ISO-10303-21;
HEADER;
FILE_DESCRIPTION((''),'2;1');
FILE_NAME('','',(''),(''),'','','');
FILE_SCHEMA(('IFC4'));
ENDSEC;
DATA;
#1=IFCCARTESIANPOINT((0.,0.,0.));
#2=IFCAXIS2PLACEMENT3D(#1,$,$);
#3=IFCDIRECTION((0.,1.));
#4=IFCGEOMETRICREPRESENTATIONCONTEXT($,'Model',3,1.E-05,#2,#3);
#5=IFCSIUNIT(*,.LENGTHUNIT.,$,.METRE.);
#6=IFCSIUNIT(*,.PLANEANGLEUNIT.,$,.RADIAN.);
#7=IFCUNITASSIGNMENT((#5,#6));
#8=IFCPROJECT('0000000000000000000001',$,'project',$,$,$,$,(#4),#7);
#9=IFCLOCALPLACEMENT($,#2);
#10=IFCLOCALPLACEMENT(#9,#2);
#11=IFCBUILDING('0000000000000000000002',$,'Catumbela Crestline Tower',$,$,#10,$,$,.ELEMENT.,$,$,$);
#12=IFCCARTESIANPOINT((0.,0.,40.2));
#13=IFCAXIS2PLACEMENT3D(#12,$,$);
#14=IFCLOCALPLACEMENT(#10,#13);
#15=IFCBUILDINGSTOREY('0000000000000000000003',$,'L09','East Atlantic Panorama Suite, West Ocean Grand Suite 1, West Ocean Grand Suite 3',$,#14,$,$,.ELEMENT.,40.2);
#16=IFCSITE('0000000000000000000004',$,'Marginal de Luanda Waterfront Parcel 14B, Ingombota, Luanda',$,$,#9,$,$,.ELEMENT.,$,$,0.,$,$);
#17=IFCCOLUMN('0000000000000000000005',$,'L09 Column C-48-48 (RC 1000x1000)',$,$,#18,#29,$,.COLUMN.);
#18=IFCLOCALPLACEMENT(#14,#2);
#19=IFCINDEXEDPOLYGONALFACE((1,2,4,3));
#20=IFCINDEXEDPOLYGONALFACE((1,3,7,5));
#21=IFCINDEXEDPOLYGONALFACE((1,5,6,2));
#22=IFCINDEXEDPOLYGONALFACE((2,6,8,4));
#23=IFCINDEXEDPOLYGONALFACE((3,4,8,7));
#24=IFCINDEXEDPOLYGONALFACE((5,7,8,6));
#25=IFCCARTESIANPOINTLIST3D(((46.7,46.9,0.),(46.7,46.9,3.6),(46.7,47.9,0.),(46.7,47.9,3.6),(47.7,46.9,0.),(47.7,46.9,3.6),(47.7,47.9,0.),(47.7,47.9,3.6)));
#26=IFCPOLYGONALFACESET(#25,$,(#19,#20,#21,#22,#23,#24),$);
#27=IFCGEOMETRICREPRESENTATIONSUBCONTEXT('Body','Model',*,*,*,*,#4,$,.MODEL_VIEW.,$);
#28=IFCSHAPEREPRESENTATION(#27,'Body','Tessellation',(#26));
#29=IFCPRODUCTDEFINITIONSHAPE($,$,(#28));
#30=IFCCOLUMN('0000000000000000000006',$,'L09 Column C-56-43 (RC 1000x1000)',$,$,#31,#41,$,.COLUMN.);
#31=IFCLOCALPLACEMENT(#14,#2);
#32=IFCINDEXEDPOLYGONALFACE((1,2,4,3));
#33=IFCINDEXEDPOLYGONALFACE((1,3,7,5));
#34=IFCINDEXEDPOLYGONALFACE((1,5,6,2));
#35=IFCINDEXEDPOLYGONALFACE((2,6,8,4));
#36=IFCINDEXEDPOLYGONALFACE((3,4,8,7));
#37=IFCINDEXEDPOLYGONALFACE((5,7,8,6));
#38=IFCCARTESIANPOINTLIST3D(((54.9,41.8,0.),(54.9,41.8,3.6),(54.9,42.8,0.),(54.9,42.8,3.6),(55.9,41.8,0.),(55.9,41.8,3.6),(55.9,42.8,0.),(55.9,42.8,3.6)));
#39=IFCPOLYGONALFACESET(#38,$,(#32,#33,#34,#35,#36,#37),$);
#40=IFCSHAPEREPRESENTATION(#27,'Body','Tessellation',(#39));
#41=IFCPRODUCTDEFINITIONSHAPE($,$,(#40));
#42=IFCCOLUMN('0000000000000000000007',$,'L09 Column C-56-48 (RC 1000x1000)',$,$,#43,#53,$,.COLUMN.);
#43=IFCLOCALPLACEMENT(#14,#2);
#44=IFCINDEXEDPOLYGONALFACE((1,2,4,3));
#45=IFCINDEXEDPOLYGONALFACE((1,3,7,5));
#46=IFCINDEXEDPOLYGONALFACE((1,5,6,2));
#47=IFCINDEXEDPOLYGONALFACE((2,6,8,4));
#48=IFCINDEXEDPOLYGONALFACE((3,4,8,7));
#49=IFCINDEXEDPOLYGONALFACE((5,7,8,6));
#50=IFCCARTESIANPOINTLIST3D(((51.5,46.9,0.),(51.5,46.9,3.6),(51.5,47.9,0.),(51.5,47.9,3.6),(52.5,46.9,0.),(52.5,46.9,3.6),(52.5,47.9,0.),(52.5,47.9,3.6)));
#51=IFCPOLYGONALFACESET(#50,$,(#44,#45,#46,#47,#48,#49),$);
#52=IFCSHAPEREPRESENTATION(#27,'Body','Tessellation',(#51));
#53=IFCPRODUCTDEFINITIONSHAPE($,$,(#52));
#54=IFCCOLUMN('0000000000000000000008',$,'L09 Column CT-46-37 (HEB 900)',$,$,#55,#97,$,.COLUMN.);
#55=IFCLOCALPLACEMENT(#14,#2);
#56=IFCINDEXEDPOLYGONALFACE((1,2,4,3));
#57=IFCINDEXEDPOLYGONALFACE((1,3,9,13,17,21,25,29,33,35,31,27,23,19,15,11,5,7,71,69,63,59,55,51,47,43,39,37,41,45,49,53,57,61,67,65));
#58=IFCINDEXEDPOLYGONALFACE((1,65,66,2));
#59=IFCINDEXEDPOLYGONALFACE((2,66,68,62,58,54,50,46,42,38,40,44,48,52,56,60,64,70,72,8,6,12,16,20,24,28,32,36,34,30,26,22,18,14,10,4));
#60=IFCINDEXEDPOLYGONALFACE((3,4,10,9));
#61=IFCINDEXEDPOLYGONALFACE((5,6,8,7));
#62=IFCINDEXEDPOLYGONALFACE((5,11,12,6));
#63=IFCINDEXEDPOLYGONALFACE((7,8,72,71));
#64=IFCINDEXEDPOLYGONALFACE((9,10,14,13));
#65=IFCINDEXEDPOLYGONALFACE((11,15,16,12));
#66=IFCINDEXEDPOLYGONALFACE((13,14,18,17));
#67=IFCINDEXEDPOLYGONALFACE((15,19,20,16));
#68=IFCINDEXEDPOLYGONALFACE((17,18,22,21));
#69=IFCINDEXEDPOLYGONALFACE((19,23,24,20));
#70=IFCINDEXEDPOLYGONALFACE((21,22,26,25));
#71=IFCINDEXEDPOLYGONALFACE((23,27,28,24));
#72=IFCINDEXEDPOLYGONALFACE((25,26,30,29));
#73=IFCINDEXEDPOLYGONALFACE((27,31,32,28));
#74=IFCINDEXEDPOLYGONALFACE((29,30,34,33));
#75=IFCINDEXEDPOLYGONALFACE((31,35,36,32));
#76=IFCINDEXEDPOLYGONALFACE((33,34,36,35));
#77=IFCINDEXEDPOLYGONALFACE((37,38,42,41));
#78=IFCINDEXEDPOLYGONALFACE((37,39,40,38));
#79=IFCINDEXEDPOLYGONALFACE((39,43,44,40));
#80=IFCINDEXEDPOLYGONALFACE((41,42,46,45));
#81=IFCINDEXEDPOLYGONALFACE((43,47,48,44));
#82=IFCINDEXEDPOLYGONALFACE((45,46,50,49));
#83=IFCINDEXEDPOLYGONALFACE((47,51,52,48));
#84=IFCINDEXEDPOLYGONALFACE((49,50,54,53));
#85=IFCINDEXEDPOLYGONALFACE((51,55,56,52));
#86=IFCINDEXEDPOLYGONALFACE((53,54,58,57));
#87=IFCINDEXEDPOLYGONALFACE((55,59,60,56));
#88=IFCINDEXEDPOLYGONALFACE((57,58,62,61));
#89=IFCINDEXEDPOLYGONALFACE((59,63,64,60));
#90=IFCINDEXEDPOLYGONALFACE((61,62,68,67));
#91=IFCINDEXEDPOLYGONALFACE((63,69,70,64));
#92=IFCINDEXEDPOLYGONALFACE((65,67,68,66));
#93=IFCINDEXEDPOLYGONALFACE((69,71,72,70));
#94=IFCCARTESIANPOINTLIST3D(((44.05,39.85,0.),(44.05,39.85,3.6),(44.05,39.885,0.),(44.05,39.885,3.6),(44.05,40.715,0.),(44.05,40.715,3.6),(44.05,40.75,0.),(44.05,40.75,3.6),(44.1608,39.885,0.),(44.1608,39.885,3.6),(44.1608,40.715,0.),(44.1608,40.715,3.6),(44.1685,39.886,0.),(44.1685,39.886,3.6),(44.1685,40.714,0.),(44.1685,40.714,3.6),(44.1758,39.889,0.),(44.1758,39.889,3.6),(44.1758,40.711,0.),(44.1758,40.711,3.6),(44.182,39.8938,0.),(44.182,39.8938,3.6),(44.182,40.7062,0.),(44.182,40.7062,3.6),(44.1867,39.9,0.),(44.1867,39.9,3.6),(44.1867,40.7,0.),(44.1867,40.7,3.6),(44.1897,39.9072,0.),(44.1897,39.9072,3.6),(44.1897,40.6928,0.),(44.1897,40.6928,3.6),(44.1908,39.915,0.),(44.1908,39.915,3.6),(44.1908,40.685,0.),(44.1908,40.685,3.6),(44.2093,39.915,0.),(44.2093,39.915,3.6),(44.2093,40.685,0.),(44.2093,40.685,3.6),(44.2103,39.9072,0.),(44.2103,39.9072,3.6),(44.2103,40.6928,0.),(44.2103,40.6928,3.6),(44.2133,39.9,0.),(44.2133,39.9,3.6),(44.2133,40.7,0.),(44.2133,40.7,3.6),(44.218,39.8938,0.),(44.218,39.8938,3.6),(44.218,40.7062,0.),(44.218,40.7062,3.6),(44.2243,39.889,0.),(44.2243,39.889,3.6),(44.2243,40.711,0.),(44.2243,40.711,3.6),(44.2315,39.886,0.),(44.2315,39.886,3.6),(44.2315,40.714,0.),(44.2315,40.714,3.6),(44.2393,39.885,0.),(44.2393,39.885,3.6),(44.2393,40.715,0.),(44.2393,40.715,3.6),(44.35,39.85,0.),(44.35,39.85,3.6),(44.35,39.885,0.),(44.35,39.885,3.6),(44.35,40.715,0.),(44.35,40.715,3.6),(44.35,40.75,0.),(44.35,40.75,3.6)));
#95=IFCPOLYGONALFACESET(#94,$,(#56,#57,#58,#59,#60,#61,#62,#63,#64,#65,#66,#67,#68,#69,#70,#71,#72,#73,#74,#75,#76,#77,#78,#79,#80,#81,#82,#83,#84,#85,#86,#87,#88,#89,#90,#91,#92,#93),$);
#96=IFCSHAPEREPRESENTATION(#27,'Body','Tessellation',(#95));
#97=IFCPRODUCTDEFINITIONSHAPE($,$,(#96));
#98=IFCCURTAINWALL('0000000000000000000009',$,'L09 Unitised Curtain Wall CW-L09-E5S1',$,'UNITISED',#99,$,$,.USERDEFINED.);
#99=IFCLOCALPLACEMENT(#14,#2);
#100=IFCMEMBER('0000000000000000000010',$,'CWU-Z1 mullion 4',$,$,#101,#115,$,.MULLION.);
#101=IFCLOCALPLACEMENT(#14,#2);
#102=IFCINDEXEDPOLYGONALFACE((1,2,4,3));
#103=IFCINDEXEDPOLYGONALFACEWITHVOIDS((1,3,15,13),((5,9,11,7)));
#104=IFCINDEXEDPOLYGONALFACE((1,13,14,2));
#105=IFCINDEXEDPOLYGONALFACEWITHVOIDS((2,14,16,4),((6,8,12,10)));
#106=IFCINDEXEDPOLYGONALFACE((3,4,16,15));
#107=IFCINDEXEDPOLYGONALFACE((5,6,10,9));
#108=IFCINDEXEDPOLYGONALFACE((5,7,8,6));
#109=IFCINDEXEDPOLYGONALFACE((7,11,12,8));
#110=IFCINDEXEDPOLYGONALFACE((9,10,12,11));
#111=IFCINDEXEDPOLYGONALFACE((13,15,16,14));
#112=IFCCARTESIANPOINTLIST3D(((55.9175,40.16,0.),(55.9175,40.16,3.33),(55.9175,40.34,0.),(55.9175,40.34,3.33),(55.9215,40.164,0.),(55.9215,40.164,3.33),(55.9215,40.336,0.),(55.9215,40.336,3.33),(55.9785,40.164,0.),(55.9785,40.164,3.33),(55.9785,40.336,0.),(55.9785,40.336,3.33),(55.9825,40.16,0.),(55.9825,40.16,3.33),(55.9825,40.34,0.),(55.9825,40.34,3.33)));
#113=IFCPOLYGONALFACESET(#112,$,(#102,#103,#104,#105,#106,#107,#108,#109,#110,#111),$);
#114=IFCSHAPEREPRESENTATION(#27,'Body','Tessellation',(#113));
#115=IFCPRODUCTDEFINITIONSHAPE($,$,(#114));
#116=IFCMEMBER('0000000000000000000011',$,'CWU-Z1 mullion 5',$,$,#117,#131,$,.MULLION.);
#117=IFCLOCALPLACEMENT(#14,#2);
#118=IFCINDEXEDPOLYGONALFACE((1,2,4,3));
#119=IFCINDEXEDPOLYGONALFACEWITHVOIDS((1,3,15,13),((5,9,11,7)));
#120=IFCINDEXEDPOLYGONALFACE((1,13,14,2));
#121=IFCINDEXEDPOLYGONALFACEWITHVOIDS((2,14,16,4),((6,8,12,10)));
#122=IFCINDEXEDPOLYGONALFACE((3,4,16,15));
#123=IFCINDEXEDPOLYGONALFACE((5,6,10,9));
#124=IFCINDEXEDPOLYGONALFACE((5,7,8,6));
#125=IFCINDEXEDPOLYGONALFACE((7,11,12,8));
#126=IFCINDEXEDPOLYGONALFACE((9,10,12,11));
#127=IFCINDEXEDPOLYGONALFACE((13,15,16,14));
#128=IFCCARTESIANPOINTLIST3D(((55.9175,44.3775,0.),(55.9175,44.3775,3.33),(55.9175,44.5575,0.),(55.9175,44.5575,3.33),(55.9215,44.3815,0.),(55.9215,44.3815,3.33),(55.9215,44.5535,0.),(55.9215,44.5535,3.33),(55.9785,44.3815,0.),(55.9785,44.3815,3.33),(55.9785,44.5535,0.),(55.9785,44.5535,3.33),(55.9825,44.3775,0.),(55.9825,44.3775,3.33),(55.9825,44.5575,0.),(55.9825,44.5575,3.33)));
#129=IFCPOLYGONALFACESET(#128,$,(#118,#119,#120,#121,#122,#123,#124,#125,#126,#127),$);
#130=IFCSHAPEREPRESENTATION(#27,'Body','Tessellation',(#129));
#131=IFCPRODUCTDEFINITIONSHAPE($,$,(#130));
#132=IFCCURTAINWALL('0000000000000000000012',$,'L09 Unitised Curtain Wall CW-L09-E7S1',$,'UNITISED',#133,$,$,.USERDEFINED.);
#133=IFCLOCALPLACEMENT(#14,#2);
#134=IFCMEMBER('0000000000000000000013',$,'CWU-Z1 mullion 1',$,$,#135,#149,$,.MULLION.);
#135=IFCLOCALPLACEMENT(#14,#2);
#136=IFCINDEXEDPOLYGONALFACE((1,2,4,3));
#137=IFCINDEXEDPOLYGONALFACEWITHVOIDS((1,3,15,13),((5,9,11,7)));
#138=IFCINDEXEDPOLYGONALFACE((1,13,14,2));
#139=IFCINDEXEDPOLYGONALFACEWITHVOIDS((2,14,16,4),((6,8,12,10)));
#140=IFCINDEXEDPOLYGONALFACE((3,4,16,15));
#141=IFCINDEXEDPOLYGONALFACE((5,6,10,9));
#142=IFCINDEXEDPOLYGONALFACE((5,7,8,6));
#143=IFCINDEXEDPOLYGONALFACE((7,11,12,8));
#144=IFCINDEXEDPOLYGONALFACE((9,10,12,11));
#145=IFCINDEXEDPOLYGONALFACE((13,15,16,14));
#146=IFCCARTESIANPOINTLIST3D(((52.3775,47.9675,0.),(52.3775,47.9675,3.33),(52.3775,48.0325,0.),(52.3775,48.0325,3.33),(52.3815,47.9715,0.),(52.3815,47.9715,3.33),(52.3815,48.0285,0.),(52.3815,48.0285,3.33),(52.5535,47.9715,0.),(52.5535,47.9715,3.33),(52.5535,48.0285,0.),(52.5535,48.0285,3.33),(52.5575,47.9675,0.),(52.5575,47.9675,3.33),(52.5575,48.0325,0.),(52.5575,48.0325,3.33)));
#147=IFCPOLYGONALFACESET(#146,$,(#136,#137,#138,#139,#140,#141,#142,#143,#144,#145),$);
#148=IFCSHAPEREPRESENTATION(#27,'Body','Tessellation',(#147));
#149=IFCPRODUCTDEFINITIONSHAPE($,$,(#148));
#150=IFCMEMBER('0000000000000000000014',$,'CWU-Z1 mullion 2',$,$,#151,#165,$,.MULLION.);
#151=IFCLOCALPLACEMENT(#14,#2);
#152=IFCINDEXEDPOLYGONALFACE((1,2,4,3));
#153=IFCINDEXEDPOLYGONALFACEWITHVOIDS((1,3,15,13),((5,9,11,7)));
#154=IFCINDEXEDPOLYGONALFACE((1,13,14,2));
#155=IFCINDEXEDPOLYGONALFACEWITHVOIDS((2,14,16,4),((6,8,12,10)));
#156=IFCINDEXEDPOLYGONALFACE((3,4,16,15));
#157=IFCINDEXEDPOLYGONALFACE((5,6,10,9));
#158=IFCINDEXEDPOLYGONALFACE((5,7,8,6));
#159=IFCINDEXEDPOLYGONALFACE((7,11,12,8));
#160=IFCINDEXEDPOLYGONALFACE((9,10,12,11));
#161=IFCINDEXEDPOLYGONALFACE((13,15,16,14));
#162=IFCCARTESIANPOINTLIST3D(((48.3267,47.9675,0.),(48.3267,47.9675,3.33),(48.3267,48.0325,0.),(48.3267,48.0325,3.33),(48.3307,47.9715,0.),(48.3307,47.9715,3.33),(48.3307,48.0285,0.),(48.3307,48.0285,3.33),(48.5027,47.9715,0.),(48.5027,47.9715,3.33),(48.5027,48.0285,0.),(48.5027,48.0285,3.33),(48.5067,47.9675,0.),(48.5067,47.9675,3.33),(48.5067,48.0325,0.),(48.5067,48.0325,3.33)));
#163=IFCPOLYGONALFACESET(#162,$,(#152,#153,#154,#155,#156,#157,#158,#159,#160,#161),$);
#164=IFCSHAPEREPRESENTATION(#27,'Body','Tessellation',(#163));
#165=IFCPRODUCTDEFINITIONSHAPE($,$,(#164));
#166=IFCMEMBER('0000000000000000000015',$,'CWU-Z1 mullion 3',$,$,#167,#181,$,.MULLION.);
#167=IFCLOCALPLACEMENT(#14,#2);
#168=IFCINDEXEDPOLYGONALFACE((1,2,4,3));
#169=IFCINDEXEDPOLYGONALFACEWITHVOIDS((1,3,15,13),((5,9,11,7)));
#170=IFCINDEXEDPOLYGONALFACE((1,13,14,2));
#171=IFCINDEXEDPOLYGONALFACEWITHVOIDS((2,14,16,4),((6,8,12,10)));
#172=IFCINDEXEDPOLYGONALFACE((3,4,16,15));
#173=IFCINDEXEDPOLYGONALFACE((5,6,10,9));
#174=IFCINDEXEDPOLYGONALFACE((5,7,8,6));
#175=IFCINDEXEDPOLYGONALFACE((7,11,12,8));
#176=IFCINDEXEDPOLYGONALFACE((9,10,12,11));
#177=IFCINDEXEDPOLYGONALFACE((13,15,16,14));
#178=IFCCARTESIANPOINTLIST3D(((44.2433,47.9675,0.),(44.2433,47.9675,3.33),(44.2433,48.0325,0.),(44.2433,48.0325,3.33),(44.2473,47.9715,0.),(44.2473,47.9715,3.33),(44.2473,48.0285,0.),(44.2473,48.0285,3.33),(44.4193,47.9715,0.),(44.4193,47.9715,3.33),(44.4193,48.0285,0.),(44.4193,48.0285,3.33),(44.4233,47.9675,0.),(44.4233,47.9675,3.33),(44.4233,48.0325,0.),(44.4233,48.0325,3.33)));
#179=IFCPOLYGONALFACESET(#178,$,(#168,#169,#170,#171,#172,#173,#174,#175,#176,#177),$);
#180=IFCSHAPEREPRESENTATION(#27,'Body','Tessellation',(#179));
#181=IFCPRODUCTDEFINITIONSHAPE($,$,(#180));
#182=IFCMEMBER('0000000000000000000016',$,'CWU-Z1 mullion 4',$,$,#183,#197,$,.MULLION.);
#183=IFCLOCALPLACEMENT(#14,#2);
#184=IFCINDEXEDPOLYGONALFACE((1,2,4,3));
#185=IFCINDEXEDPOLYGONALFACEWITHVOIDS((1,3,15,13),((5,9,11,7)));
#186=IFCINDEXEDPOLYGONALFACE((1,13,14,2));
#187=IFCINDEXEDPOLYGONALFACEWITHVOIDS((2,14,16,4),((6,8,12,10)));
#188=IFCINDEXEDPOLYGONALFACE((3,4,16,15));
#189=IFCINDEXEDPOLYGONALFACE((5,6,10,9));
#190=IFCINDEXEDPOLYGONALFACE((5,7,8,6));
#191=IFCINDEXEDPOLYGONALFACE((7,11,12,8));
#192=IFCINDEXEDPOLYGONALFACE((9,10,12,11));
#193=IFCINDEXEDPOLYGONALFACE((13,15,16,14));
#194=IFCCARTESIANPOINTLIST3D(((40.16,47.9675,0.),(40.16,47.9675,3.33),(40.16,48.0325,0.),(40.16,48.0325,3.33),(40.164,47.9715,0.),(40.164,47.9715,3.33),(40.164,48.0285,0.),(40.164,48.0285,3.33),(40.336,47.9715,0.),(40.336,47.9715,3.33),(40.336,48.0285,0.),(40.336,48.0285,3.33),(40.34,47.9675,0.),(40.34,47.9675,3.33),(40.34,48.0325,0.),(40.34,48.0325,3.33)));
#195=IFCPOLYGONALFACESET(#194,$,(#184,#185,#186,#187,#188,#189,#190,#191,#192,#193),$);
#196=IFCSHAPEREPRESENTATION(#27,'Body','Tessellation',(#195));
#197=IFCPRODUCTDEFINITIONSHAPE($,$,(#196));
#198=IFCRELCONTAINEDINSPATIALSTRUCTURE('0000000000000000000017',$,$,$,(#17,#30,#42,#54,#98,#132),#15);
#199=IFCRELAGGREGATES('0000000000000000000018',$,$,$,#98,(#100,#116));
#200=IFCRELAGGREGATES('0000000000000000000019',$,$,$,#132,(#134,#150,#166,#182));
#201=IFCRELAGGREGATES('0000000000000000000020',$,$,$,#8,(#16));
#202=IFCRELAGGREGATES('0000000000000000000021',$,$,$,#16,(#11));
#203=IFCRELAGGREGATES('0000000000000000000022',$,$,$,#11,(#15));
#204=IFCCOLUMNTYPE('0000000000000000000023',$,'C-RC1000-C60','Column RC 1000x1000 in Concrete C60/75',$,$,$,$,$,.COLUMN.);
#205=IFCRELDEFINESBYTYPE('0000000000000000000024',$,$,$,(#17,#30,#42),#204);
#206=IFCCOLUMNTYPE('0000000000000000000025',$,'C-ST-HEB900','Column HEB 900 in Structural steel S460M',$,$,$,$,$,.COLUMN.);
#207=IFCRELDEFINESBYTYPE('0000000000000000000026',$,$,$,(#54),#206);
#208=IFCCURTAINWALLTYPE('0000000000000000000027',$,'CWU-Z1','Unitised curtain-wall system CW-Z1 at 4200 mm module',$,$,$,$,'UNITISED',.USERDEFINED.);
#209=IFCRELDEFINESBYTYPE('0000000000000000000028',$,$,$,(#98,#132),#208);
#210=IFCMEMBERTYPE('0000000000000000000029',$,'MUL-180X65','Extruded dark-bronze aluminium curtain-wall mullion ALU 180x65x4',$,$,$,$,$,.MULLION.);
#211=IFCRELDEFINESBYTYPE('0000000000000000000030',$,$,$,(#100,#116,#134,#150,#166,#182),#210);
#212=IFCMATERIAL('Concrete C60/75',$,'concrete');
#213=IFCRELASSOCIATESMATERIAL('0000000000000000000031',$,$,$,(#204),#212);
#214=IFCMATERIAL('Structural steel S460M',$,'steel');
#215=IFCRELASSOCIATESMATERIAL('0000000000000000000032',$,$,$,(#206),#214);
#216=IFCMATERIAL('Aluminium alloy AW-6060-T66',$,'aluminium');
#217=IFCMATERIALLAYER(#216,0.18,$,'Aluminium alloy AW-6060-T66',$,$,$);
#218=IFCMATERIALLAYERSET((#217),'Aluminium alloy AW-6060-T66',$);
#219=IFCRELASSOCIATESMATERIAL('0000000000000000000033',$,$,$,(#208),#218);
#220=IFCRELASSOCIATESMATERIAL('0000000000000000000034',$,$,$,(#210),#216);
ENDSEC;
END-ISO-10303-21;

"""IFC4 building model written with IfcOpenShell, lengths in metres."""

from ifc_helpers import new_model, si_unit, direction, frame, origin, origin_2d, place, context, subcontext, project, spatial, rectangle, hollow_rectangle, i_section, extrude, material, layer, layer_set, material_profile, profile_set, type_object, element, aggregate, save


model = new_model("IFC4")

# Units and contexts
model_context = context("Model", 3, precision=1e-05, world=origin(), true_north=direction((0.0, 1.0)))
body_context = subcontext(model_context, "Body", "Model", "MODEL_VIEW")
ifc_project = project(units=[si_unit("LENGTHUNIT", "METRE"), si_unit("PLANEANGLEUNIT", "RADIAN")], contexts=[model_context])

# Site, building, storey
site_placement = place(None, origin())
site = spatial("IfcSite", under=ifc_project, at=site_placement, Name="Marginal de Luanda Waterfront Parcel 14B, Ingombota, Luanda", CompositionType="ELEMENT", RefElevation=0.0)
building_placement = place(site_placement, origin())
building = spatial("IfcBuilding", under=site, at=building_placement, Name="Catumbela Crestline Tower", CompositionType="ELEMENT")
storey_placement = place(building_placement, frame((0.0, 0.0, 40.2)))
storey = spatial("IfcBuildingStorey", under=building, at=storey_placement, Name="L09", Description="East Atlantic Panorama Suite, West Ocean Grand Suite 1, West Ocean Grand Suite 3", CompositionType="ELEMENT", Elevation=40.2)

# Columns
ifc_material_1 = material(Name="Concrete C60/75", Category="concrete")
ifc_material_profile_1 = material_profile(ifc_material_1, rectangle(XDim=1.0, YDim=1.0, at=origin_2d()), Name="RC 1000x1000")
ifc_profile_set_1 = profile_set([ifc_material_profile_1], Name="Concrete C60/75")
column_type_1 = type_object("IfcColumnType", Name="C-RC1000-C60", Description="Column RC 1000x1000 in Concrete C60/75", PredefinedType="COLUMN", material=ifc_profile_set_1)
for number, where, z_axis, x_axis, name in (
    (1, (47.2, 47.4, 0.0), (0.0, 0.0, 1.0), (1.0, 0.0, 0.0), "L09 Column C-48-48 (RC 1000x1000)"),
    (2, (55.4, 42.3, 0.0), (0.0, 0.0, 1.0), (1.0, 0.0, 0.0), "L09 Column C-56-43 (RC 1000x1000)"),
    (3, (52.0, 47.4, 0.0), (0.0, 0.0, 1.0), (1.0, 0.0, 0.0), "L09 Column C-56-48 (RC 1000x1000)"),
):
    element("IfcColumn", number, at=place(storey_placement, frame(where, z_axis=z_axis, x_axis=x_axis)), inside=storey, type_object=column_type_1, Name=name, PredefinedType="COLUMN", context=body_context, shape_type="SweptSolid", body=[
        extrude(rectangle(XDim=1.0, YDim=1.0, at=origin_2d()), origin(), (0.0, 0.0, 1.0), 3.6),
    ])
ifc_material_2 = material(Name="Structural steel S460M", Category="steel")
ifc_material_profile_2 = material_profile(ifc_material_2, i_section(OverallWidth=0.3, OverallDepth=0.9, WebThickness=0.0185, FlangeThickness=0.035, FilletRadius=0.03, at=origin_2d()), Name="HEB 900")
ifc_profile_set_2 = profile_set([ifc_material_profile_2], Name="Structural steel S460M")
column_type_2 = type_object("IfcColumnType", Name="C-ST-HEB900", Description="Column HEB 900 in Structural steel S460M", PredefinedType="COLUMN", material=ifc_profile_set_2)
column_placement = place(storey_placement, frame((44.2, 40.3, 0.0), z_axis=(0.0, 0.0, 1.0), x_axis=(1.0, 0.0, 0.0)))
element("IfcColumn", 4, at=column_placement, inside=storey, type_object=column_type_2, Name="L09 Column CT-46-37 (HEB 900)", PredefinedType="COLUMN", context=body_context, shape_type="SweptSolid", body=[
    extrude(i_section(OverallWidth=0.3, OverallDepth=0.9, WebThickness=0.0185, FlangeThickness=0.035, FilletRadius=0.03, at=origin_2d()), origin(), (0.0, 0.0, 1.0), 3.6),
])

# Curtain walls, members
ifc_material_3 = material(Name="Aluminium alloy AW-6060-T66", Category="aluminium")
ifc_layer_1 = layer(ifc_material_3, 0.18, Name="Aluminium alloy AW-6060-T66")
ifc_layer_set_1 = layer_set([ifc_layer_1], Name="Aluminium alloy AW-6060-T66")
curtain_wall_type = type_object("IfcCurtainWallType", Name="CWU-Z1", Description="Unitised curtain-wall system CW-Z1 at 4200 mm module", ElementType="UNITISED", PredefinedType="USERDEFINED", material=ifc_layer_set_1)
curtain_wall_1_placement = place(storey_placement, origin())
curtain_wall_1 = element("IfcCurtainWall", 5, at=curtain_wall_1_placement, inside=storey, type_object=curtain_wall_type, Name="L09 Unitised Curtain Wall CW-L09-E5S1", ObjectType="UNITISED", PredefinedType="USERDEFINED")
ifc_material_profile_3 = material_profile(ifc_material_3, hollow_rectangle(XDim=0.065, YDim=0.18, WallThickness=0.004, at=origin_2d()), Name="ALU 180x65x4")
ifc_profile_set_3 = profile_set([ifc_material_profile_3], Name="Aluminium alloy AW-6060-T66")
member_type_1 = type_object("IfcMemberType", Name="MUL-180X65", Description="Extruded dark-bronze aluminium curtain-wall mullion ALU 180x65x4", PredefinedType="MULLION", material=ifc_profile_set_3)
member_1_placement = place(storey_placement, frame((55.95, 40.25, 0.0), z_axis=(0.0, 0.0, 1.0), x_axis=(-1.0, 0.0, 0.0)))
member_1 = element("IfcMember", 6, at=member_1_placement, type_object=member_type_1, Name="CWU-Z1 mullion 4", PredefinedType="MULLION", context=body_context, shape_type="SweptSolid", body=[
    extrude(hollow_rectangle(XDim=0.065, YDim=0.18, WallThickness=0.004, at=origin_2d()), origin(), (0.0, 0.0, 1.0), 3.33),
])
member_2_placement = place(storey_placement, frame((55.95, 44.4675, 0.0), z_axis=(0.0, 0.0, 1.0), x_axis=(-1.0, 0.0, 0.0)))
member_2 = element("IfcMember", 7, at=member_2_placement, type_object=member_type_1, Name="CWU-Z1 mullion 5", PredefinedType="MULLION", context=body_context, shape_type="SweptSolid", body=[
    extrude(hollow_rectangle(XDim=0.065, YDim=0.18, WallThickness=0.004, at=origin_2d()), origin(), (0.0, 0.0, 1.0), 3.33),
])
curtain_wall_2_placement = place(storey_placement, origin())
curtain_wall_2 = element("IfcCurtainWall", 8, at=curtain_wall_2_placement, inside=storey, type_object=curtain_wall_type, Name="L09 Unitised Curtain Wall CW-L09-E7S1", ObjectType="UNITISED", PredefinedType="USERDEFINED")
member_3_placement = place(storey_placement, frame((52.4675, 48.0, 0.0), z_axis=(0.0, 0.0, 1.0), x_axis=(0.0, -1.0, 0.0)))
member_3 = element("IfcMember", 9, at=member_3_placement, type_object=member_type_1, Name="CWU-Z1 mullion 1", PredefinedType="MULLION", context=body_context, shape_type="SweptSolid", body=[
    extrude(hollow_rectangle(XDim=0.065, YDim=0.18, WallThickness=0.004, at=origin_2d()), origin(), (0.0, 0.0, 1.0), 3.33),
])
member_4_placement = place(storey_placement, frame((48.4167, 48.0, 0.0), z_axis=(0.0, 0.0, 1.0), x_axis=(0.0, -1.0, 0.0)))
member_4 = element("IfcMember", 10, at=member_4_placement, type_object=member_type_1, Name="CWU-Z1 mullion 2", PredefinedType="MULLION", context=body_context, shape_type="SweptSolid", body=[
    extrude(hollow_rectangle(XDim=0.065, YDim=0.18, WallThickness=0.004, at=origin_2d()), origin(), (0.0, 0.0, 1.0), 3.33),
])
member_5_placement = place(storey_placement, frame((44.3333, 48.0, 0.0), z_axis=(0.0, 0.0, 1.0), x_axis=(0.0, -1.0, 0.0)))
member_5 = element("IfcMember", 11, at=member_5_placement, type_object=member_type_1, Name="CWU-Z1 mullion 3", PredefinedType="MULLION", context=body_context, shape_type="SweptSolid", body=[
    extrude(hollow_rectangle(XDim=0.065, YDim=0.18, WallThickness=0.004, at=origin_2d()), origin(), (0.0, 0.0, 1.0), 3.33),
])
member_6_placement = place(storey_placement, frame((40.25, 48.0, 0.0), z_axis=(0.0, 0.0, 1.0), x_axis=(0.0, -1.0, 0.0)))
member_6 = element("IfcMember", 12, at=member_6_placement, type_object=member_type_1, Name="CWU-Z1 mullion 4", PredefinedType="MULLION", context=body_context, shape_type="SweptSolid", body=[
    extrude(hollow_rectangle(XDim=0.065, YDim=0.18, WallThickness=0.004, at=origin_2d()), origin(), (0.0, 0.0, 1.0), 3.33),
])

aggregate(curtain_wall_1, [member_1, member_2])
aggregate(curtain_wall_2, [member_3, member_4, member_5, member_6])

save(model, "model.ifc")
